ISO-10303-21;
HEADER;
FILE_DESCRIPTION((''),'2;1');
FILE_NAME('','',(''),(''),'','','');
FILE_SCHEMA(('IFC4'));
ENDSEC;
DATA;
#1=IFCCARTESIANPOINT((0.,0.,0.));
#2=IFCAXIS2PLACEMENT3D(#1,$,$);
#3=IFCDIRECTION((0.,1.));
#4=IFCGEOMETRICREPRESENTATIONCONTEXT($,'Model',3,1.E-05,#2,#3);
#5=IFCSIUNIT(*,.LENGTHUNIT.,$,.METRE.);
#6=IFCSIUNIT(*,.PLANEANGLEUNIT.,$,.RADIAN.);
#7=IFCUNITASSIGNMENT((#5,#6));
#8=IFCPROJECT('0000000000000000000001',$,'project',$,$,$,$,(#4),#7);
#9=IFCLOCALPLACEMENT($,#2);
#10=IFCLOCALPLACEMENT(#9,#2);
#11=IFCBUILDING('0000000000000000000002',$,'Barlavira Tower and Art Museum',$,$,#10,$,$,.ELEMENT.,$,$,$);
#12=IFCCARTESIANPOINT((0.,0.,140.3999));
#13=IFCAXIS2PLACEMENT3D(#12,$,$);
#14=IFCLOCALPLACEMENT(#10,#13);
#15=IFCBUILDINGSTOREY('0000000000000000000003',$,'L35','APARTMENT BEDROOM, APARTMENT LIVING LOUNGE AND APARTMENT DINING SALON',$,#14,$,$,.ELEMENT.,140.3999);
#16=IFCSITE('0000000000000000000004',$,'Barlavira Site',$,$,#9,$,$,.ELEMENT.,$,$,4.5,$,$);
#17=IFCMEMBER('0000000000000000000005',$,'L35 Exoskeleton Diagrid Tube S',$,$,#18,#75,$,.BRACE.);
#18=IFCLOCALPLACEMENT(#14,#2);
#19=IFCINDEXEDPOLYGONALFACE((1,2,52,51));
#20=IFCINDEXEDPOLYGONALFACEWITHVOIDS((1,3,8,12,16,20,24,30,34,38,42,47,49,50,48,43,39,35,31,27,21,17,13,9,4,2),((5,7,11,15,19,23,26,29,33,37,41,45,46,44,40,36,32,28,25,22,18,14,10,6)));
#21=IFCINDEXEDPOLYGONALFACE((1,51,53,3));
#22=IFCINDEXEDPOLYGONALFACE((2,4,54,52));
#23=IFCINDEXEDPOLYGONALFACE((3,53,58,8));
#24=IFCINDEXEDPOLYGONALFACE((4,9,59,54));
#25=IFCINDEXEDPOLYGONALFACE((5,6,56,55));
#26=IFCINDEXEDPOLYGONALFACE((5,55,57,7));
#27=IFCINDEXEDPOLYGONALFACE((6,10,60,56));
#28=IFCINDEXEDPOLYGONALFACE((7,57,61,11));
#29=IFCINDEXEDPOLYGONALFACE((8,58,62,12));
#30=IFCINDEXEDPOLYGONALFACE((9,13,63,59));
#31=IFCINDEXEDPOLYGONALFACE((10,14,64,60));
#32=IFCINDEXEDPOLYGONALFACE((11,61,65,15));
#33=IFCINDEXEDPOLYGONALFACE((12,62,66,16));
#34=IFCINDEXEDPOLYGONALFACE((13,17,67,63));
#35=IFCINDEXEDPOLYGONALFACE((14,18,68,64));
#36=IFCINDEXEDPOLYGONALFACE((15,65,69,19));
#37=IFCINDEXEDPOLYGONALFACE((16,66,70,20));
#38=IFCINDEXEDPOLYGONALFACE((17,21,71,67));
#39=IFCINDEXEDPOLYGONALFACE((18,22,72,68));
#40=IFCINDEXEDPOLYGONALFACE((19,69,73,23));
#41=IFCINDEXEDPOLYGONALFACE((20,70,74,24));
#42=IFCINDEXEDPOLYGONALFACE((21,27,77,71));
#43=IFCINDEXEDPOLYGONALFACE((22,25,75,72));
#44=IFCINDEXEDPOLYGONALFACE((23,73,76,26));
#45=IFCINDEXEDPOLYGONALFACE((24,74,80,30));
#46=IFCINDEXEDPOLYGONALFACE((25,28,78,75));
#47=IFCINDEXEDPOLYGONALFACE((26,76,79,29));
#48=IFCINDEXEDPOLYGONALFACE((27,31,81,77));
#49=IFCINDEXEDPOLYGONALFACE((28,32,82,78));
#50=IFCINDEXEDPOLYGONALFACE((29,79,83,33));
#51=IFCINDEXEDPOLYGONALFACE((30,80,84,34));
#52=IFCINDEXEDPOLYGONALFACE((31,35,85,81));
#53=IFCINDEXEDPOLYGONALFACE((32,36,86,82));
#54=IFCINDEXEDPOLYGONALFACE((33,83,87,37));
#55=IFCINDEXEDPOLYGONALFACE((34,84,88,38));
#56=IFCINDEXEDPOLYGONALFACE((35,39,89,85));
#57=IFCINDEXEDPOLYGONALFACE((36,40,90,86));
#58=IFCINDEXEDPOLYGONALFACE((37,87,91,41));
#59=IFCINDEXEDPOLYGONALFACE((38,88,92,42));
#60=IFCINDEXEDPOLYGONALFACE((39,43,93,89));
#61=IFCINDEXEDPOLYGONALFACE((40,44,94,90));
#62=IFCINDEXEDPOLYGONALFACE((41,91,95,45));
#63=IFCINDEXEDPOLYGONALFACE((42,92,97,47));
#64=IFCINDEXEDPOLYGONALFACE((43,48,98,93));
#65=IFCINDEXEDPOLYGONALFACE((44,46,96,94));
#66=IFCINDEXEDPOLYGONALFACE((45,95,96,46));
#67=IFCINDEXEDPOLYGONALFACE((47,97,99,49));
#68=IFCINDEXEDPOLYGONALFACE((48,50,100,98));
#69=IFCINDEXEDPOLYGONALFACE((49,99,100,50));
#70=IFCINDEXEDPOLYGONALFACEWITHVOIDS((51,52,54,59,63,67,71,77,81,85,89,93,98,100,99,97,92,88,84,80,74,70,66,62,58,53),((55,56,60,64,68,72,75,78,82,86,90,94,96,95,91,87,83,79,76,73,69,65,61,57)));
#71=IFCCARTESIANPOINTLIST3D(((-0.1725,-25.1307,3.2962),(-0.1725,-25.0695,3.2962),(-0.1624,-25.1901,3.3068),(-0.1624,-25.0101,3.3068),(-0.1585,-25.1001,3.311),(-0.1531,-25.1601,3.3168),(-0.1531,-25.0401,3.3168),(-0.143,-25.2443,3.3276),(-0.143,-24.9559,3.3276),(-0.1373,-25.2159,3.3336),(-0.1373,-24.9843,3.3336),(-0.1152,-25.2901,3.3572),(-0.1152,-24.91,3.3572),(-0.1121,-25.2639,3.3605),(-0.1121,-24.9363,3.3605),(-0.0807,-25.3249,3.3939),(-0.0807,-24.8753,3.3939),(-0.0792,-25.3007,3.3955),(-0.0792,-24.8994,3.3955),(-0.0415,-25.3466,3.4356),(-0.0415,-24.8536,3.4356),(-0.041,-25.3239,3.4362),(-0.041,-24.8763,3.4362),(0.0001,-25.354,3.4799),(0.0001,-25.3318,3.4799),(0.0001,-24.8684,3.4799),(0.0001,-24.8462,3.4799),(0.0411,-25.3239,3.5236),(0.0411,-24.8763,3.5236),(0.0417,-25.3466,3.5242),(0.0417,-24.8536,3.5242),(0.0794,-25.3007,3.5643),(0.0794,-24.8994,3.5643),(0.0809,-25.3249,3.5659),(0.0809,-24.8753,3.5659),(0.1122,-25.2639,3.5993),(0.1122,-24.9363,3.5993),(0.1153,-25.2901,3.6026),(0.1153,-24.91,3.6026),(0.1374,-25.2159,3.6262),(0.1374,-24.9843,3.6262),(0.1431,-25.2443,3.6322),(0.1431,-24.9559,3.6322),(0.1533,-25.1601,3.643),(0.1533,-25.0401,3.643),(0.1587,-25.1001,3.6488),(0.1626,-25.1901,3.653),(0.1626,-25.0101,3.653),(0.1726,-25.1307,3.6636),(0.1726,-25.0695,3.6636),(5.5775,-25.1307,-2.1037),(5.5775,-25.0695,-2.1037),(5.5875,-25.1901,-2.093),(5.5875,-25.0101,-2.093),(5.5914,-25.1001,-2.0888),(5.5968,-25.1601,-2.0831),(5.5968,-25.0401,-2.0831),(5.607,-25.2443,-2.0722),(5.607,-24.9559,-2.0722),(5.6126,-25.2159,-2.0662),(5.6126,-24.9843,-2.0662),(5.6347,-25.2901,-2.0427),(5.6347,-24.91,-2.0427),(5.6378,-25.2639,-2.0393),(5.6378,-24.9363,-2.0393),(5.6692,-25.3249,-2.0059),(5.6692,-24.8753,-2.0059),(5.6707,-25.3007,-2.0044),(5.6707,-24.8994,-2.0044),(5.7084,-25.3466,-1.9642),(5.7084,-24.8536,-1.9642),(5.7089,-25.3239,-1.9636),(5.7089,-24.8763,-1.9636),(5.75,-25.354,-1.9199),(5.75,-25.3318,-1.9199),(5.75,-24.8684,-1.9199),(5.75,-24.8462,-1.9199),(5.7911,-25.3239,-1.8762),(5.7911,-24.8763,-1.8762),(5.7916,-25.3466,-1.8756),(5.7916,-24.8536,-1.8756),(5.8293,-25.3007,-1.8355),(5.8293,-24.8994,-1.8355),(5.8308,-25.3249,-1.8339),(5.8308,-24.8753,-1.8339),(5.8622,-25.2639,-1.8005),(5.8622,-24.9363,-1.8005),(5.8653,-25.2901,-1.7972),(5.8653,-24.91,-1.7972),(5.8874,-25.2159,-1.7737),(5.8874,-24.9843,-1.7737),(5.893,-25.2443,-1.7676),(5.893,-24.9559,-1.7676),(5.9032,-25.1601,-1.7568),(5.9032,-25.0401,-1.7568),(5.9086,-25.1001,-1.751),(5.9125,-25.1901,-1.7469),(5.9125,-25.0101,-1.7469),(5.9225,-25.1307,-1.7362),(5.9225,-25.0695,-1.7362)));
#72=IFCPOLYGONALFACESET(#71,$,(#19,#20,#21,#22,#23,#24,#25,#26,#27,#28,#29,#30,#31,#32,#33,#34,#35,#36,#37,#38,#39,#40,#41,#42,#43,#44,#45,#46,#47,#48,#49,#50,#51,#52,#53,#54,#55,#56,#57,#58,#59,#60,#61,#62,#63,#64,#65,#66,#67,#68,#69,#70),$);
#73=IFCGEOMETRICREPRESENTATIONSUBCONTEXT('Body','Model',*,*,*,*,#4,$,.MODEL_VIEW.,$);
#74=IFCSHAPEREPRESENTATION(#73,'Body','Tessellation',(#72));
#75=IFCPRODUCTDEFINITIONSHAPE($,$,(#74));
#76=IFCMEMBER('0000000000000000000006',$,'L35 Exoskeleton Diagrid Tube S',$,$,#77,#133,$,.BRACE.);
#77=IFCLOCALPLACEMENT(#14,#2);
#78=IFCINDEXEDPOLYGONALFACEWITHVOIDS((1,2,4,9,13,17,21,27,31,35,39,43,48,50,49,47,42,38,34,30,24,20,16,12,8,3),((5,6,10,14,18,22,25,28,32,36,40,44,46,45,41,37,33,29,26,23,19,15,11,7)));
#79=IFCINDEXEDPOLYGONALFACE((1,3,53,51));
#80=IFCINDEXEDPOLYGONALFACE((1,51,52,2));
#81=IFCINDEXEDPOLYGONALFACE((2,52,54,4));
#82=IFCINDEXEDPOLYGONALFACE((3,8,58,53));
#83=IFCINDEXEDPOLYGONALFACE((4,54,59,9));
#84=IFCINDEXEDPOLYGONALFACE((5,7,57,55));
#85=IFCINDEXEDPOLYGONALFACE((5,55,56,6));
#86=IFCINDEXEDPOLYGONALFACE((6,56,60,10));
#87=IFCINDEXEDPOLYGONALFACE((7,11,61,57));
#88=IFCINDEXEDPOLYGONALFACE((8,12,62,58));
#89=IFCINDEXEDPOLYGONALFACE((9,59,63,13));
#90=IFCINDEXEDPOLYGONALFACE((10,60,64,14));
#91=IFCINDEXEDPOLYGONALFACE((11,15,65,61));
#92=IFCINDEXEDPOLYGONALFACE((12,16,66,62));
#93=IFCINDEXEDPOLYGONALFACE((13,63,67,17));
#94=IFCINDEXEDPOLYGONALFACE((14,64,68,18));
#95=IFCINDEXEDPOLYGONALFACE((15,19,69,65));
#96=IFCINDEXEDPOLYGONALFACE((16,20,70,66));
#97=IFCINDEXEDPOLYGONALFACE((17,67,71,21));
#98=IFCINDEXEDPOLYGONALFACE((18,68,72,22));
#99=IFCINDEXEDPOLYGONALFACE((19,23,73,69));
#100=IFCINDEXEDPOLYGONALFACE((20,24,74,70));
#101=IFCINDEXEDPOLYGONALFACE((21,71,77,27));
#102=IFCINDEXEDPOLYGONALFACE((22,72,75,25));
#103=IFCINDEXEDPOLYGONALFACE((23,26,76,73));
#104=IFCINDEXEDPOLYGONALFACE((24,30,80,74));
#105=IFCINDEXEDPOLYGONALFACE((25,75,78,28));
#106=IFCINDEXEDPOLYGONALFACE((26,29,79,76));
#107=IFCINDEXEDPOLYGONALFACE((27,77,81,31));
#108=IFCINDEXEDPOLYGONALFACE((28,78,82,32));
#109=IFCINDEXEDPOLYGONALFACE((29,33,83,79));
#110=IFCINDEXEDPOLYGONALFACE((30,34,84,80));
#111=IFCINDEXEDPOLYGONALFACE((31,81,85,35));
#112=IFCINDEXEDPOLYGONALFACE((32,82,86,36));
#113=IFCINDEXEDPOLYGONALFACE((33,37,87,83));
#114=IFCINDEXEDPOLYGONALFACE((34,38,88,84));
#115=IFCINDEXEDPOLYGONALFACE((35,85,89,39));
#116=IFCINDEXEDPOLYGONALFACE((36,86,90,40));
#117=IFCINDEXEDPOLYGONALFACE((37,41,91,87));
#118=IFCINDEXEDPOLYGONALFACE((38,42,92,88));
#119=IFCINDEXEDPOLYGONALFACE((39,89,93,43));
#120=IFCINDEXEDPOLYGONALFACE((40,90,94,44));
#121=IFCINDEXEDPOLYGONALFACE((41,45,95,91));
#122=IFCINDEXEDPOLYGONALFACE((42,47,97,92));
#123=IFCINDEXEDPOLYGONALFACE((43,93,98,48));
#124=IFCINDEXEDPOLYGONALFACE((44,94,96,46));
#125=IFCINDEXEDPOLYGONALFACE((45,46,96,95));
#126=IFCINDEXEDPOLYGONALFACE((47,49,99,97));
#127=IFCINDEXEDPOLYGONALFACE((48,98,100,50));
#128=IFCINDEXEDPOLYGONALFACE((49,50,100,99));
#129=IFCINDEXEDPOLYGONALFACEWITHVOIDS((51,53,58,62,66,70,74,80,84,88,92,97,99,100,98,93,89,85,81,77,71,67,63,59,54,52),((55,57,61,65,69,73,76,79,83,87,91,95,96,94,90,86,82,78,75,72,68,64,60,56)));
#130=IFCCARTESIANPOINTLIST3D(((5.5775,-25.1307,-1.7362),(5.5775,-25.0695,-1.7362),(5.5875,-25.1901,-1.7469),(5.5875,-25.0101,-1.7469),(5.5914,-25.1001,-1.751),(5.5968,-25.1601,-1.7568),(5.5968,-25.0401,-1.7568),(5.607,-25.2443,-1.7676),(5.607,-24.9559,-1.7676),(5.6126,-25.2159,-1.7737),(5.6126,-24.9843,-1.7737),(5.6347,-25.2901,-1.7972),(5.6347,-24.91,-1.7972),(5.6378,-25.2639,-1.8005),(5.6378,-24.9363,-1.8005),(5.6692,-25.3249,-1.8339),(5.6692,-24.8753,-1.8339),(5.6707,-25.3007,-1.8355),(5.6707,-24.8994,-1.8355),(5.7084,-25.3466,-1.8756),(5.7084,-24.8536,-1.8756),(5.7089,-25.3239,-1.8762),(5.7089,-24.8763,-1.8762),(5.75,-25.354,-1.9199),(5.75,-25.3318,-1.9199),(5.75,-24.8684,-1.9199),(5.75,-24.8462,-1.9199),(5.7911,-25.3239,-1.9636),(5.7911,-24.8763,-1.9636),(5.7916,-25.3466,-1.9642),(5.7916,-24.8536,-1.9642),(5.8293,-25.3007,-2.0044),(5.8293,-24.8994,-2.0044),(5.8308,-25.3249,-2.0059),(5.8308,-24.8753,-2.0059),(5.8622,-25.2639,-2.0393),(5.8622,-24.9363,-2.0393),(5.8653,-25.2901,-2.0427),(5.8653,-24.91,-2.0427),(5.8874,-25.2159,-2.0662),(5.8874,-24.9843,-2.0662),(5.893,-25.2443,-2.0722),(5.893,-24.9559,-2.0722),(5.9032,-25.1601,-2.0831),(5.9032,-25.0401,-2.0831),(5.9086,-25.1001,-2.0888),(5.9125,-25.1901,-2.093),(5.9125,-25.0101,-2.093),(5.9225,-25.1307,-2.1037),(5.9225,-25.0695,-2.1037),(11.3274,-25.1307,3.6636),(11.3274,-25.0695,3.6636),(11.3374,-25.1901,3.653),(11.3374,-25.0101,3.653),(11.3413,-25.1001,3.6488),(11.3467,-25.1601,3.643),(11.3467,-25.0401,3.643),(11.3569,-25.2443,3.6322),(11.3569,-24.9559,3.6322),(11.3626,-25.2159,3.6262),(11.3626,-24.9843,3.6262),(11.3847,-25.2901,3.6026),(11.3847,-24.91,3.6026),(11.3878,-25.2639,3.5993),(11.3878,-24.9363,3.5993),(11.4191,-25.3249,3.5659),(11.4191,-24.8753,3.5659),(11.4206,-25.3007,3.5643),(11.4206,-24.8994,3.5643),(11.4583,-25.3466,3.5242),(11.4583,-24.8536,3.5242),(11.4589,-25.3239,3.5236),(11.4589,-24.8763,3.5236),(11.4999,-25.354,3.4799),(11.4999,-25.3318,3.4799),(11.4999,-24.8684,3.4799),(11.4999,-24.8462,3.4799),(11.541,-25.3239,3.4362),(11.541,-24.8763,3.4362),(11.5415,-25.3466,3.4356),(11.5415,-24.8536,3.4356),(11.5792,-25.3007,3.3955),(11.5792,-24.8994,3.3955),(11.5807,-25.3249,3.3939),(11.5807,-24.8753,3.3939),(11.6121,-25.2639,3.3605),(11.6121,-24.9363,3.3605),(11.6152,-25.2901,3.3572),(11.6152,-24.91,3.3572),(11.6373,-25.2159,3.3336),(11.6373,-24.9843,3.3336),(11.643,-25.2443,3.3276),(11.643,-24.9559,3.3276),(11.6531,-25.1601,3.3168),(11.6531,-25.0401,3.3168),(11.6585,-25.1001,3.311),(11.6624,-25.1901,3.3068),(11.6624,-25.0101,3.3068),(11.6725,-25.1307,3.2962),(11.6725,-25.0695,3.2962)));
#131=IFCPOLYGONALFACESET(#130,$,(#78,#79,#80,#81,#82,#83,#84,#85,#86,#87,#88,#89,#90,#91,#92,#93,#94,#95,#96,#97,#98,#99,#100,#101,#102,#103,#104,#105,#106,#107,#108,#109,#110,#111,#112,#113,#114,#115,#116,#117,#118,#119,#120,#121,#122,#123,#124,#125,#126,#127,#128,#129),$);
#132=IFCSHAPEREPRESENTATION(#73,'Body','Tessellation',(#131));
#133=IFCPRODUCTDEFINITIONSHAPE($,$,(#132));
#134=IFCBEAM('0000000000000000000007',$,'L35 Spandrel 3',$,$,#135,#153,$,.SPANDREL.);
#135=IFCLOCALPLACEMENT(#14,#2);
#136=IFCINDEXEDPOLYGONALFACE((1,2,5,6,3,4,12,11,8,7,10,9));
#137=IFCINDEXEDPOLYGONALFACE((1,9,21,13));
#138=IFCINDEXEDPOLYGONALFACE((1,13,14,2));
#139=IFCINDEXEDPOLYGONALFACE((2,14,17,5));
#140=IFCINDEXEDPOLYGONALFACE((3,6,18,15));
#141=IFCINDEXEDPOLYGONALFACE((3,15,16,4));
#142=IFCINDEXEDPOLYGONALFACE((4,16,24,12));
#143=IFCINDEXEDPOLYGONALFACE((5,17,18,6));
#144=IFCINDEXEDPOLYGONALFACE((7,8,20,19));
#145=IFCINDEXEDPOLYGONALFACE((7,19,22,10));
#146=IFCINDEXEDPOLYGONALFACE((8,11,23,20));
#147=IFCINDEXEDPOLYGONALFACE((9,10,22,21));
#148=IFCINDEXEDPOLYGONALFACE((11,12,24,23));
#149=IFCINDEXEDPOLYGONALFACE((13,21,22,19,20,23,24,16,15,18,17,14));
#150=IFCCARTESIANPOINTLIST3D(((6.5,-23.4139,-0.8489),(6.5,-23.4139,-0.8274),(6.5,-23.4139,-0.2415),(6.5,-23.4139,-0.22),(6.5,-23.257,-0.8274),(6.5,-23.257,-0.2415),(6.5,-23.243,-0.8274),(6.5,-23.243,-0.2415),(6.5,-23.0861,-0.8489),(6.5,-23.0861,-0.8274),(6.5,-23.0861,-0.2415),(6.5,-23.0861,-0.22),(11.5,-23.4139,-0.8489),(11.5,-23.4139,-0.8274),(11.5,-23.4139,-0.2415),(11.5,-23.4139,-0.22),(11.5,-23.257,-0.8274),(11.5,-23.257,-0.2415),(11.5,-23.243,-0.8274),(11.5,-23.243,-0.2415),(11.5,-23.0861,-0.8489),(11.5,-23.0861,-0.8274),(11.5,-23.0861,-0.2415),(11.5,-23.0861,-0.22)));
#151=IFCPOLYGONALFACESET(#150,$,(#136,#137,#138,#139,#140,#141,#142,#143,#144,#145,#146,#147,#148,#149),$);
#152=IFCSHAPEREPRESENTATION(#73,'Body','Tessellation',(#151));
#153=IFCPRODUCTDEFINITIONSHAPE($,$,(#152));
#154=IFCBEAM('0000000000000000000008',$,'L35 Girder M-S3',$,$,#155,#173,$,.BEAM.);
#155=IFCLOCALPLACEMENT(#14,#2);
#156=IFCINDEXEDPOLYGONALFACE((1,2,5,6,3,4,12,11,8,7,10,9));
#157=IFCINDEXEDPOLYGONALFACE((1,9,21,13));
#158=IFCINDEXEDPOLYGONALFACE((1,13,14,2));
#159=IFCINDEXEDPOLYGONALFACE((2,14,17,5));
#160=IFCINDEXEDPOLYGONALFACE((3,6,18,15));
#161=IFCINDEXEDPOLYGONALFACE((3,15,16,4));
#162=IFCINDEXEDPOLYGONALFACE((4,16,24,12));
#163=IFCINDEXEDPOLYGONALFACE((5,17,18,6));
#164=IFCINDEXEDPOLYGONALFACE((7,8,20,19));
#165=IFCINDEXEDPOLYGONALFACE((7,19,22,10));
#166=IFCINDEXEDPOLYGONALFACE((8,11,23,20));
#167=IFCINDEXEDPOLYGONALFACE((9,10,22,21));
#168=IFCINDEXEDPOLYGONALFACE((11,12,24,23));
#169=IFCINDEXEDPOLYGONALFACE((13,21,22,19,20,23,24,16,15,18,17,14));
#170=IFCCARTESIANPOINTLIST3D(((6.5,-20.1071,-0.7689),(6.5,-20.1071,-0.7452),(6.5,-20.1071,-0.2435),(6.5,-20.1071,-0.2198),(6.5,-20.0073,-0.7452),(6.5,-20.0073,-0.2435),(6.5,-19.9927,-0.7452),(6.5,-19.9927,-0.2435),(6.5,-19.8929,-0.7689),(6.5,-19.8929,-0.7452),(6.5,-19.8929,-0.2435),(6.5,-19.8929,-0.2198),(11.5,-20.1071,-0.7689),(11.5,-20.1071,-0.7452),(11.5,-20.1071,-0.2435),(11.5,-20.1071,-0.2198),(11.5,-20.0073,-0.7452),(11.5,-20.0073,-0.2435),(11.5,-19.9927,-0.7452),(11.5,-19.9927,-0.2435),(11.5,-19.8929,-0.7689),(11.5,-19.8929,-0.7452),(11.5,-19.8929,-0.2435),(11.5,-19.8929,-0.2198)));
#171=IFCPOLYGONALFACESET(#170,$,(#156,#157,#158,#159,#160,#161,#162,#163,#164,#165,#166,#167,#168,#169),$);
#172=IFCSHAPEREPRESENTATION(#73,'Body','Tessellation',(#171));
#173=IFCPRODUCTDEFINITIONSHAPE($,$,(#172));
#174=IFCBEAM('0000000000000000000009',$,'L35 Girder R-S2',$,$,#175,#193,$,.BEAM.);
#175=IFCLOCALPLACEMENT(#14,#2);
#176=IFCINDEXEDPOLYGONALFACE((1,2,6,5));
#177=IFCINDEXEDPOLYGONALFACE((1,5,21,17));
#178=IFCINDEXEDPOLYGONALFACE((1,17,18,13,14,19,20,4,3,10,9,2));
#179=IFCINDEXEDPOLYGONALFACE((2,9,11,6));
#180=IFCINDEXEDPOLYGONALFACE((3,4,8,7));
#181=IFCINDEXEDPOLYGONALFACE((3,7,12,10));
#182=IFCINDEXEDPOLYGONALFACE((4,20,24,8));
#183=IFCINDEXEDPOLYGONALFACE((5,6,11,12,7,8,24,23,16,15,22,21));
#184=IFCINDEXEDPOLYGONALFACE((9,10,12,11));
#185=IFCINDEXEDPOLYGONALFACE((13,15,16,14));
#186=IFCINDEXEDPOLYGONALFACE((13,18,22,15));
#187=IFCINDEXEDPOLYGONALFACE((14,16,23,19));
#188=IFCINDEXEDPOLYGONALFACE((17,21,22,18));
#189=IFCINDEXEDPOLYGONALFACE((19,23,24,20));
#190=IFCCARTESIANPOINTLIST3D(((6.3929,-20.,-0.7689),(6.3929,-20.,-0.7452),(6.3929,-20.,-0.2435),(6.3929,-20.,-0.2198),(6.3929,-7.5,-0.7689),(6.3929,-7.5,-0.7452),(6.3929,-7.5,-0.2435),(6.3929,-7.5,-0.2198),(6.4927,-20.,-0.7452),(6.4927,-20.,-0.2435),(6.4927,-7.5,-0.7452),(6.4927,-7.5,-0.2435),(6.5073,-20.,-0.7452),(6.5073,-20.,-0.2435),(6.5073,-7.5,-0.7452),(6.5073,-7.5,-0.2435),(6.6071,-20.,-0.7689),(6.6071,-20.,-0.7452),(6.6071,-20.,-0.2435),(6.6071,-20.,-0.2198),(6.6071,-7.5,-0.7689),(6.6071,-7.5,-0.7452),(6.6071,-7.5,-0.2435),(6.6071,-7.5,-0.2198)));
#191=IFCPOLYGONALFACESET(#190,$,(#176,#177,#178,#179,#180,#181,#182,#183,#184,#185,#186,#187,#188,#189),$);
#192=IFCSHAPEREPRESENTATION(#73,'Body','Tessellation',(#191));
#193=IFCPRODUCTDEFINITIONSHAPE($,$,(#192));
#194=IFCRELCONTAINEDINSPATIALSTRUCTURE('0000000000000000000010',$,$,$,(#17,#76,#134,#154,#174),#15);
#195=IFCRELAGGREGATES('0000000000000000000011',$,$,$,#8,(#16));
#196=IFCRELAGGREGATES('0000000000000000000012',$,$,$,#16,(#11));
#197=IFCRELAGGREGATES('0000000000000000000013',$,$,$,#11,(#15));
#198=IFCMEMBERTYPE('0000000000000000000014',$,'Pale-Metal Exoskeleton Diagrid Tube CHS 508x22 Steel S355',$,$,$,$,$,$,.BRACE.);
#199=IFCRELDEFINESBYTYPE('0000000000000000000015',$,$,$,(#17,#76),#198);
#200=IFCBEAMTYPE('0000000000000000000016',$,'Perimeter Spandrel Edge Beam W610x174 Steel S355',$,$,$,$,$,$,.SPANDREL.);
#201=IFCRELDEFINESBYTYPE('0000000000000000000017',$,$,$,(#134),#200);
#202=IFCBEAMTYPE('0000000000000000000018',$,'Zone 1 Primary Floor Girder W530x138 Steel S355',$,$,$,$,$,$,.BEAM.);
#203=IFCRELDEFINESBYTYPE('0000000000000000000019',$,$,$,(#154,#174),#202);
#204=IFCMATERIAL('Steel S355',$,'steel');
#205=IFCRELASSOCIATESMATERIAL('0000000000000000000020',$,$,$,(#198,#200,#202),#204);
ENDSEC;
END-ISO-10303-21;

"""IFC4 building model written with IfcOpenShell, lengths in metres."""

from ifc_helpers import new_model, si_unit, direction, frame, origin, origin_2d, place, context, subcontext, project, spatial, hollow_circle, i_section, extrude, material, material_profile, profile_set, type_object, element, save


model = new_model("IFC4")

# Units and contexts
model_context = context("Model", 3, precision=1e-05, world=origin(), true_north=direction((0.0, 1.0)))
body_context = subcontext(model_context, "Body", "Model", "MODEL_VIEW")
ifc_project = project(units=[si_unit("LENGTHUNIT", "METRE"), si_unit("PLANEANGLEUNIT", "RADIAN")], contexts=[model_context])

# Site, building, storey
site_placement = place(None, origin())
site = spatial("IfcSite", under=ifc_project, at=site_placement, Name="Barlavira Site", CompositionType="ELEMENT", RefElevation=4.5)
building_placement = place(site_placement, origin())
building = spatial("IfcBuilding", under=site, at=building_placement, Name="Barlavira Tower and Art Museum", CompositionType="ELEMENT")
storey_placement = place(building_placement, frame((0.0, 0.0, 140.3999)))
storey = spatial("IfcBuildingStorey", under=building, at=storey_placement, Name="L35", Description="APARTMENT BEDROOM, APARTMENT LIVING LOUNGE AND APARTMENT DINING SALON", CompositionType="ELEMENT", Elevation=140.3999)

# Members
ifc_material_1 = material(Name="Steel S355", Category="steel")
ifc_material_profile_1 = material_profile(ifc_material_1, hollow_circle(Radius=0.2539, WallThickness=0.0222, at=origin_2d()), Name="CHS 508.0x22.2")
ifc_profile_set_1 = profile_set([ifc_material_profile_1], Name="Steel S355")
member_type_1 = type_object("IfcMemberType", Name="Pale-Metal Exoskeleton Diagrid Tube CHS 508x22 Steel S355", PredefinedType="BRACE", material=ifc_profile_set_1)
for number, where, z_axis, x_axis, name in (
    (1, (5.75, -25.1001, -1.9199), (-0.72895, 0.0, 0.684567), (0.0, -1.0, 0.0), "L35 Exoskeleton Diagrid Tube S"),
    (2, (5.75, -25.1001, -1.9199), (0.72895, 0.0, 0.684567), (0.0, 1.0, 0.0), "L35 Exoskeleton Diagrid Tube S"),
):
    element("IfcMember", number, at=place(storey_placement, frame(where, z_axis=z_axis, x_axis=x_axis)), inside=storey, type_object=member_type_1, Name=name, PredefinedType="BRACE", context=body_context, shape_type="SweptSolid", body=[
        extrude(hollow_circle(Radius=0.2539, WallThickness=0.0222, at=origin_2d()), origin(), (0.0, 0.0, 1.0), 7.8879),
    ])

# Beams
ifc_material_profile_2 = material_profile(ifc_material_1, i_section(OverallWidth=0.3279, OverallDepth=0.6289, WebThickness=0.0139, FlangeThickness=0.0215, at=origin_2d()), Name="W610x174.0")
ifc_profile_set_2 = profile_set([ifc_material_profile_2], Name="Steel S355")
beam_type_1 = type_object("IfcBeamType", Name="Perimeter Spandrel Edge Beam W610x174 Steel S355", PredefinedType="SPANDREL", material=ifc_profile_set_2)
beam_1_placement = place(storey_placement, frame((6.5, -23.25, -0.5344), z_axis=(1.0, 0.0, 0.0), x_axis=(0.0, 1.0, 0.0)))
element("IfcBeam", 3, at=beam_1_placement, inside=storey, type_object=beam_type_1, Name="L35 Spandrel 3", PredefinedType="SPANDREL", context=body_context, shape_type="SweptSolid", body=[
    extrude(i_section(OverallWidth=0.3279, OverallDepth=0.6289, WebThickness=0.0139, FlangeThickness=0.0215, at=origin_2d()), origin(), (0.0, 0.0, 1.0), 5.0),
])
ifc_material_profile_3 = material_profile(ifc_material_1, i_section(OverallWidth=0.2141, OverallDepth=0.5491, WebThickness=0.0146, FlangeThickness=0.0237, at=origin_2d()), Name="W530x138.0")
ifc_profile_set_3 = profile_set([ifc_material_profile_3], Name="Steel S355")
beam_type_2 = type_object("IfcBeamType", Name="Zone 1 Primary Floor Girder W530x138 Steel S355", PredefinedType="BEAM", material=ifc_profile_set_3)
beam_2_placement = place(storey_placement, frame((6.5, -20.0, -0.4944), z_axis=(1.0, 0.0, 0.0), x_axis=(0.0, 1.0, 0.0)))
element("IfcBeam", 4, at=beam_2_placement, inside=storey, type_object=beam_type_2, Name="L35 Girder M-S3", PredefinedType="BEAM", context=body_context, shape_type="SweptSolid", body=[
    extrude(i_section(OverallWidth=0.2141, OverallDepth=0.5491, WebThickness=0.0146, FlangeThickness=0.0237, at=origin_2d()), origin(), (0.0, 0.0, 1.0), 5.0),
])
beam_3_placement = place(storey_placement, frame((6.5, -20.0, -0.4944), z_axis=(0.0, 1.0, 0.0), x_axis=(-1.0, 0.0, 0.0)))
element("IfcBeam", 5, at=beam_3_placement, inside=storey, type_object=beam_type_2, Name="L35 Girder R-S2", PredefinedType="BEAM", context=body_context, shape_type="SweptSolid", body=[
    extrude(i_section(OverallWidth=0.2141, OverallDepth=0.5491, WebThickness=0.0146, FlangeThickness=0.0237, at=origin_2d()), origin(), (0.0, 0.0, 1.0), 12.5),
])

save(model, "model.ifc")
